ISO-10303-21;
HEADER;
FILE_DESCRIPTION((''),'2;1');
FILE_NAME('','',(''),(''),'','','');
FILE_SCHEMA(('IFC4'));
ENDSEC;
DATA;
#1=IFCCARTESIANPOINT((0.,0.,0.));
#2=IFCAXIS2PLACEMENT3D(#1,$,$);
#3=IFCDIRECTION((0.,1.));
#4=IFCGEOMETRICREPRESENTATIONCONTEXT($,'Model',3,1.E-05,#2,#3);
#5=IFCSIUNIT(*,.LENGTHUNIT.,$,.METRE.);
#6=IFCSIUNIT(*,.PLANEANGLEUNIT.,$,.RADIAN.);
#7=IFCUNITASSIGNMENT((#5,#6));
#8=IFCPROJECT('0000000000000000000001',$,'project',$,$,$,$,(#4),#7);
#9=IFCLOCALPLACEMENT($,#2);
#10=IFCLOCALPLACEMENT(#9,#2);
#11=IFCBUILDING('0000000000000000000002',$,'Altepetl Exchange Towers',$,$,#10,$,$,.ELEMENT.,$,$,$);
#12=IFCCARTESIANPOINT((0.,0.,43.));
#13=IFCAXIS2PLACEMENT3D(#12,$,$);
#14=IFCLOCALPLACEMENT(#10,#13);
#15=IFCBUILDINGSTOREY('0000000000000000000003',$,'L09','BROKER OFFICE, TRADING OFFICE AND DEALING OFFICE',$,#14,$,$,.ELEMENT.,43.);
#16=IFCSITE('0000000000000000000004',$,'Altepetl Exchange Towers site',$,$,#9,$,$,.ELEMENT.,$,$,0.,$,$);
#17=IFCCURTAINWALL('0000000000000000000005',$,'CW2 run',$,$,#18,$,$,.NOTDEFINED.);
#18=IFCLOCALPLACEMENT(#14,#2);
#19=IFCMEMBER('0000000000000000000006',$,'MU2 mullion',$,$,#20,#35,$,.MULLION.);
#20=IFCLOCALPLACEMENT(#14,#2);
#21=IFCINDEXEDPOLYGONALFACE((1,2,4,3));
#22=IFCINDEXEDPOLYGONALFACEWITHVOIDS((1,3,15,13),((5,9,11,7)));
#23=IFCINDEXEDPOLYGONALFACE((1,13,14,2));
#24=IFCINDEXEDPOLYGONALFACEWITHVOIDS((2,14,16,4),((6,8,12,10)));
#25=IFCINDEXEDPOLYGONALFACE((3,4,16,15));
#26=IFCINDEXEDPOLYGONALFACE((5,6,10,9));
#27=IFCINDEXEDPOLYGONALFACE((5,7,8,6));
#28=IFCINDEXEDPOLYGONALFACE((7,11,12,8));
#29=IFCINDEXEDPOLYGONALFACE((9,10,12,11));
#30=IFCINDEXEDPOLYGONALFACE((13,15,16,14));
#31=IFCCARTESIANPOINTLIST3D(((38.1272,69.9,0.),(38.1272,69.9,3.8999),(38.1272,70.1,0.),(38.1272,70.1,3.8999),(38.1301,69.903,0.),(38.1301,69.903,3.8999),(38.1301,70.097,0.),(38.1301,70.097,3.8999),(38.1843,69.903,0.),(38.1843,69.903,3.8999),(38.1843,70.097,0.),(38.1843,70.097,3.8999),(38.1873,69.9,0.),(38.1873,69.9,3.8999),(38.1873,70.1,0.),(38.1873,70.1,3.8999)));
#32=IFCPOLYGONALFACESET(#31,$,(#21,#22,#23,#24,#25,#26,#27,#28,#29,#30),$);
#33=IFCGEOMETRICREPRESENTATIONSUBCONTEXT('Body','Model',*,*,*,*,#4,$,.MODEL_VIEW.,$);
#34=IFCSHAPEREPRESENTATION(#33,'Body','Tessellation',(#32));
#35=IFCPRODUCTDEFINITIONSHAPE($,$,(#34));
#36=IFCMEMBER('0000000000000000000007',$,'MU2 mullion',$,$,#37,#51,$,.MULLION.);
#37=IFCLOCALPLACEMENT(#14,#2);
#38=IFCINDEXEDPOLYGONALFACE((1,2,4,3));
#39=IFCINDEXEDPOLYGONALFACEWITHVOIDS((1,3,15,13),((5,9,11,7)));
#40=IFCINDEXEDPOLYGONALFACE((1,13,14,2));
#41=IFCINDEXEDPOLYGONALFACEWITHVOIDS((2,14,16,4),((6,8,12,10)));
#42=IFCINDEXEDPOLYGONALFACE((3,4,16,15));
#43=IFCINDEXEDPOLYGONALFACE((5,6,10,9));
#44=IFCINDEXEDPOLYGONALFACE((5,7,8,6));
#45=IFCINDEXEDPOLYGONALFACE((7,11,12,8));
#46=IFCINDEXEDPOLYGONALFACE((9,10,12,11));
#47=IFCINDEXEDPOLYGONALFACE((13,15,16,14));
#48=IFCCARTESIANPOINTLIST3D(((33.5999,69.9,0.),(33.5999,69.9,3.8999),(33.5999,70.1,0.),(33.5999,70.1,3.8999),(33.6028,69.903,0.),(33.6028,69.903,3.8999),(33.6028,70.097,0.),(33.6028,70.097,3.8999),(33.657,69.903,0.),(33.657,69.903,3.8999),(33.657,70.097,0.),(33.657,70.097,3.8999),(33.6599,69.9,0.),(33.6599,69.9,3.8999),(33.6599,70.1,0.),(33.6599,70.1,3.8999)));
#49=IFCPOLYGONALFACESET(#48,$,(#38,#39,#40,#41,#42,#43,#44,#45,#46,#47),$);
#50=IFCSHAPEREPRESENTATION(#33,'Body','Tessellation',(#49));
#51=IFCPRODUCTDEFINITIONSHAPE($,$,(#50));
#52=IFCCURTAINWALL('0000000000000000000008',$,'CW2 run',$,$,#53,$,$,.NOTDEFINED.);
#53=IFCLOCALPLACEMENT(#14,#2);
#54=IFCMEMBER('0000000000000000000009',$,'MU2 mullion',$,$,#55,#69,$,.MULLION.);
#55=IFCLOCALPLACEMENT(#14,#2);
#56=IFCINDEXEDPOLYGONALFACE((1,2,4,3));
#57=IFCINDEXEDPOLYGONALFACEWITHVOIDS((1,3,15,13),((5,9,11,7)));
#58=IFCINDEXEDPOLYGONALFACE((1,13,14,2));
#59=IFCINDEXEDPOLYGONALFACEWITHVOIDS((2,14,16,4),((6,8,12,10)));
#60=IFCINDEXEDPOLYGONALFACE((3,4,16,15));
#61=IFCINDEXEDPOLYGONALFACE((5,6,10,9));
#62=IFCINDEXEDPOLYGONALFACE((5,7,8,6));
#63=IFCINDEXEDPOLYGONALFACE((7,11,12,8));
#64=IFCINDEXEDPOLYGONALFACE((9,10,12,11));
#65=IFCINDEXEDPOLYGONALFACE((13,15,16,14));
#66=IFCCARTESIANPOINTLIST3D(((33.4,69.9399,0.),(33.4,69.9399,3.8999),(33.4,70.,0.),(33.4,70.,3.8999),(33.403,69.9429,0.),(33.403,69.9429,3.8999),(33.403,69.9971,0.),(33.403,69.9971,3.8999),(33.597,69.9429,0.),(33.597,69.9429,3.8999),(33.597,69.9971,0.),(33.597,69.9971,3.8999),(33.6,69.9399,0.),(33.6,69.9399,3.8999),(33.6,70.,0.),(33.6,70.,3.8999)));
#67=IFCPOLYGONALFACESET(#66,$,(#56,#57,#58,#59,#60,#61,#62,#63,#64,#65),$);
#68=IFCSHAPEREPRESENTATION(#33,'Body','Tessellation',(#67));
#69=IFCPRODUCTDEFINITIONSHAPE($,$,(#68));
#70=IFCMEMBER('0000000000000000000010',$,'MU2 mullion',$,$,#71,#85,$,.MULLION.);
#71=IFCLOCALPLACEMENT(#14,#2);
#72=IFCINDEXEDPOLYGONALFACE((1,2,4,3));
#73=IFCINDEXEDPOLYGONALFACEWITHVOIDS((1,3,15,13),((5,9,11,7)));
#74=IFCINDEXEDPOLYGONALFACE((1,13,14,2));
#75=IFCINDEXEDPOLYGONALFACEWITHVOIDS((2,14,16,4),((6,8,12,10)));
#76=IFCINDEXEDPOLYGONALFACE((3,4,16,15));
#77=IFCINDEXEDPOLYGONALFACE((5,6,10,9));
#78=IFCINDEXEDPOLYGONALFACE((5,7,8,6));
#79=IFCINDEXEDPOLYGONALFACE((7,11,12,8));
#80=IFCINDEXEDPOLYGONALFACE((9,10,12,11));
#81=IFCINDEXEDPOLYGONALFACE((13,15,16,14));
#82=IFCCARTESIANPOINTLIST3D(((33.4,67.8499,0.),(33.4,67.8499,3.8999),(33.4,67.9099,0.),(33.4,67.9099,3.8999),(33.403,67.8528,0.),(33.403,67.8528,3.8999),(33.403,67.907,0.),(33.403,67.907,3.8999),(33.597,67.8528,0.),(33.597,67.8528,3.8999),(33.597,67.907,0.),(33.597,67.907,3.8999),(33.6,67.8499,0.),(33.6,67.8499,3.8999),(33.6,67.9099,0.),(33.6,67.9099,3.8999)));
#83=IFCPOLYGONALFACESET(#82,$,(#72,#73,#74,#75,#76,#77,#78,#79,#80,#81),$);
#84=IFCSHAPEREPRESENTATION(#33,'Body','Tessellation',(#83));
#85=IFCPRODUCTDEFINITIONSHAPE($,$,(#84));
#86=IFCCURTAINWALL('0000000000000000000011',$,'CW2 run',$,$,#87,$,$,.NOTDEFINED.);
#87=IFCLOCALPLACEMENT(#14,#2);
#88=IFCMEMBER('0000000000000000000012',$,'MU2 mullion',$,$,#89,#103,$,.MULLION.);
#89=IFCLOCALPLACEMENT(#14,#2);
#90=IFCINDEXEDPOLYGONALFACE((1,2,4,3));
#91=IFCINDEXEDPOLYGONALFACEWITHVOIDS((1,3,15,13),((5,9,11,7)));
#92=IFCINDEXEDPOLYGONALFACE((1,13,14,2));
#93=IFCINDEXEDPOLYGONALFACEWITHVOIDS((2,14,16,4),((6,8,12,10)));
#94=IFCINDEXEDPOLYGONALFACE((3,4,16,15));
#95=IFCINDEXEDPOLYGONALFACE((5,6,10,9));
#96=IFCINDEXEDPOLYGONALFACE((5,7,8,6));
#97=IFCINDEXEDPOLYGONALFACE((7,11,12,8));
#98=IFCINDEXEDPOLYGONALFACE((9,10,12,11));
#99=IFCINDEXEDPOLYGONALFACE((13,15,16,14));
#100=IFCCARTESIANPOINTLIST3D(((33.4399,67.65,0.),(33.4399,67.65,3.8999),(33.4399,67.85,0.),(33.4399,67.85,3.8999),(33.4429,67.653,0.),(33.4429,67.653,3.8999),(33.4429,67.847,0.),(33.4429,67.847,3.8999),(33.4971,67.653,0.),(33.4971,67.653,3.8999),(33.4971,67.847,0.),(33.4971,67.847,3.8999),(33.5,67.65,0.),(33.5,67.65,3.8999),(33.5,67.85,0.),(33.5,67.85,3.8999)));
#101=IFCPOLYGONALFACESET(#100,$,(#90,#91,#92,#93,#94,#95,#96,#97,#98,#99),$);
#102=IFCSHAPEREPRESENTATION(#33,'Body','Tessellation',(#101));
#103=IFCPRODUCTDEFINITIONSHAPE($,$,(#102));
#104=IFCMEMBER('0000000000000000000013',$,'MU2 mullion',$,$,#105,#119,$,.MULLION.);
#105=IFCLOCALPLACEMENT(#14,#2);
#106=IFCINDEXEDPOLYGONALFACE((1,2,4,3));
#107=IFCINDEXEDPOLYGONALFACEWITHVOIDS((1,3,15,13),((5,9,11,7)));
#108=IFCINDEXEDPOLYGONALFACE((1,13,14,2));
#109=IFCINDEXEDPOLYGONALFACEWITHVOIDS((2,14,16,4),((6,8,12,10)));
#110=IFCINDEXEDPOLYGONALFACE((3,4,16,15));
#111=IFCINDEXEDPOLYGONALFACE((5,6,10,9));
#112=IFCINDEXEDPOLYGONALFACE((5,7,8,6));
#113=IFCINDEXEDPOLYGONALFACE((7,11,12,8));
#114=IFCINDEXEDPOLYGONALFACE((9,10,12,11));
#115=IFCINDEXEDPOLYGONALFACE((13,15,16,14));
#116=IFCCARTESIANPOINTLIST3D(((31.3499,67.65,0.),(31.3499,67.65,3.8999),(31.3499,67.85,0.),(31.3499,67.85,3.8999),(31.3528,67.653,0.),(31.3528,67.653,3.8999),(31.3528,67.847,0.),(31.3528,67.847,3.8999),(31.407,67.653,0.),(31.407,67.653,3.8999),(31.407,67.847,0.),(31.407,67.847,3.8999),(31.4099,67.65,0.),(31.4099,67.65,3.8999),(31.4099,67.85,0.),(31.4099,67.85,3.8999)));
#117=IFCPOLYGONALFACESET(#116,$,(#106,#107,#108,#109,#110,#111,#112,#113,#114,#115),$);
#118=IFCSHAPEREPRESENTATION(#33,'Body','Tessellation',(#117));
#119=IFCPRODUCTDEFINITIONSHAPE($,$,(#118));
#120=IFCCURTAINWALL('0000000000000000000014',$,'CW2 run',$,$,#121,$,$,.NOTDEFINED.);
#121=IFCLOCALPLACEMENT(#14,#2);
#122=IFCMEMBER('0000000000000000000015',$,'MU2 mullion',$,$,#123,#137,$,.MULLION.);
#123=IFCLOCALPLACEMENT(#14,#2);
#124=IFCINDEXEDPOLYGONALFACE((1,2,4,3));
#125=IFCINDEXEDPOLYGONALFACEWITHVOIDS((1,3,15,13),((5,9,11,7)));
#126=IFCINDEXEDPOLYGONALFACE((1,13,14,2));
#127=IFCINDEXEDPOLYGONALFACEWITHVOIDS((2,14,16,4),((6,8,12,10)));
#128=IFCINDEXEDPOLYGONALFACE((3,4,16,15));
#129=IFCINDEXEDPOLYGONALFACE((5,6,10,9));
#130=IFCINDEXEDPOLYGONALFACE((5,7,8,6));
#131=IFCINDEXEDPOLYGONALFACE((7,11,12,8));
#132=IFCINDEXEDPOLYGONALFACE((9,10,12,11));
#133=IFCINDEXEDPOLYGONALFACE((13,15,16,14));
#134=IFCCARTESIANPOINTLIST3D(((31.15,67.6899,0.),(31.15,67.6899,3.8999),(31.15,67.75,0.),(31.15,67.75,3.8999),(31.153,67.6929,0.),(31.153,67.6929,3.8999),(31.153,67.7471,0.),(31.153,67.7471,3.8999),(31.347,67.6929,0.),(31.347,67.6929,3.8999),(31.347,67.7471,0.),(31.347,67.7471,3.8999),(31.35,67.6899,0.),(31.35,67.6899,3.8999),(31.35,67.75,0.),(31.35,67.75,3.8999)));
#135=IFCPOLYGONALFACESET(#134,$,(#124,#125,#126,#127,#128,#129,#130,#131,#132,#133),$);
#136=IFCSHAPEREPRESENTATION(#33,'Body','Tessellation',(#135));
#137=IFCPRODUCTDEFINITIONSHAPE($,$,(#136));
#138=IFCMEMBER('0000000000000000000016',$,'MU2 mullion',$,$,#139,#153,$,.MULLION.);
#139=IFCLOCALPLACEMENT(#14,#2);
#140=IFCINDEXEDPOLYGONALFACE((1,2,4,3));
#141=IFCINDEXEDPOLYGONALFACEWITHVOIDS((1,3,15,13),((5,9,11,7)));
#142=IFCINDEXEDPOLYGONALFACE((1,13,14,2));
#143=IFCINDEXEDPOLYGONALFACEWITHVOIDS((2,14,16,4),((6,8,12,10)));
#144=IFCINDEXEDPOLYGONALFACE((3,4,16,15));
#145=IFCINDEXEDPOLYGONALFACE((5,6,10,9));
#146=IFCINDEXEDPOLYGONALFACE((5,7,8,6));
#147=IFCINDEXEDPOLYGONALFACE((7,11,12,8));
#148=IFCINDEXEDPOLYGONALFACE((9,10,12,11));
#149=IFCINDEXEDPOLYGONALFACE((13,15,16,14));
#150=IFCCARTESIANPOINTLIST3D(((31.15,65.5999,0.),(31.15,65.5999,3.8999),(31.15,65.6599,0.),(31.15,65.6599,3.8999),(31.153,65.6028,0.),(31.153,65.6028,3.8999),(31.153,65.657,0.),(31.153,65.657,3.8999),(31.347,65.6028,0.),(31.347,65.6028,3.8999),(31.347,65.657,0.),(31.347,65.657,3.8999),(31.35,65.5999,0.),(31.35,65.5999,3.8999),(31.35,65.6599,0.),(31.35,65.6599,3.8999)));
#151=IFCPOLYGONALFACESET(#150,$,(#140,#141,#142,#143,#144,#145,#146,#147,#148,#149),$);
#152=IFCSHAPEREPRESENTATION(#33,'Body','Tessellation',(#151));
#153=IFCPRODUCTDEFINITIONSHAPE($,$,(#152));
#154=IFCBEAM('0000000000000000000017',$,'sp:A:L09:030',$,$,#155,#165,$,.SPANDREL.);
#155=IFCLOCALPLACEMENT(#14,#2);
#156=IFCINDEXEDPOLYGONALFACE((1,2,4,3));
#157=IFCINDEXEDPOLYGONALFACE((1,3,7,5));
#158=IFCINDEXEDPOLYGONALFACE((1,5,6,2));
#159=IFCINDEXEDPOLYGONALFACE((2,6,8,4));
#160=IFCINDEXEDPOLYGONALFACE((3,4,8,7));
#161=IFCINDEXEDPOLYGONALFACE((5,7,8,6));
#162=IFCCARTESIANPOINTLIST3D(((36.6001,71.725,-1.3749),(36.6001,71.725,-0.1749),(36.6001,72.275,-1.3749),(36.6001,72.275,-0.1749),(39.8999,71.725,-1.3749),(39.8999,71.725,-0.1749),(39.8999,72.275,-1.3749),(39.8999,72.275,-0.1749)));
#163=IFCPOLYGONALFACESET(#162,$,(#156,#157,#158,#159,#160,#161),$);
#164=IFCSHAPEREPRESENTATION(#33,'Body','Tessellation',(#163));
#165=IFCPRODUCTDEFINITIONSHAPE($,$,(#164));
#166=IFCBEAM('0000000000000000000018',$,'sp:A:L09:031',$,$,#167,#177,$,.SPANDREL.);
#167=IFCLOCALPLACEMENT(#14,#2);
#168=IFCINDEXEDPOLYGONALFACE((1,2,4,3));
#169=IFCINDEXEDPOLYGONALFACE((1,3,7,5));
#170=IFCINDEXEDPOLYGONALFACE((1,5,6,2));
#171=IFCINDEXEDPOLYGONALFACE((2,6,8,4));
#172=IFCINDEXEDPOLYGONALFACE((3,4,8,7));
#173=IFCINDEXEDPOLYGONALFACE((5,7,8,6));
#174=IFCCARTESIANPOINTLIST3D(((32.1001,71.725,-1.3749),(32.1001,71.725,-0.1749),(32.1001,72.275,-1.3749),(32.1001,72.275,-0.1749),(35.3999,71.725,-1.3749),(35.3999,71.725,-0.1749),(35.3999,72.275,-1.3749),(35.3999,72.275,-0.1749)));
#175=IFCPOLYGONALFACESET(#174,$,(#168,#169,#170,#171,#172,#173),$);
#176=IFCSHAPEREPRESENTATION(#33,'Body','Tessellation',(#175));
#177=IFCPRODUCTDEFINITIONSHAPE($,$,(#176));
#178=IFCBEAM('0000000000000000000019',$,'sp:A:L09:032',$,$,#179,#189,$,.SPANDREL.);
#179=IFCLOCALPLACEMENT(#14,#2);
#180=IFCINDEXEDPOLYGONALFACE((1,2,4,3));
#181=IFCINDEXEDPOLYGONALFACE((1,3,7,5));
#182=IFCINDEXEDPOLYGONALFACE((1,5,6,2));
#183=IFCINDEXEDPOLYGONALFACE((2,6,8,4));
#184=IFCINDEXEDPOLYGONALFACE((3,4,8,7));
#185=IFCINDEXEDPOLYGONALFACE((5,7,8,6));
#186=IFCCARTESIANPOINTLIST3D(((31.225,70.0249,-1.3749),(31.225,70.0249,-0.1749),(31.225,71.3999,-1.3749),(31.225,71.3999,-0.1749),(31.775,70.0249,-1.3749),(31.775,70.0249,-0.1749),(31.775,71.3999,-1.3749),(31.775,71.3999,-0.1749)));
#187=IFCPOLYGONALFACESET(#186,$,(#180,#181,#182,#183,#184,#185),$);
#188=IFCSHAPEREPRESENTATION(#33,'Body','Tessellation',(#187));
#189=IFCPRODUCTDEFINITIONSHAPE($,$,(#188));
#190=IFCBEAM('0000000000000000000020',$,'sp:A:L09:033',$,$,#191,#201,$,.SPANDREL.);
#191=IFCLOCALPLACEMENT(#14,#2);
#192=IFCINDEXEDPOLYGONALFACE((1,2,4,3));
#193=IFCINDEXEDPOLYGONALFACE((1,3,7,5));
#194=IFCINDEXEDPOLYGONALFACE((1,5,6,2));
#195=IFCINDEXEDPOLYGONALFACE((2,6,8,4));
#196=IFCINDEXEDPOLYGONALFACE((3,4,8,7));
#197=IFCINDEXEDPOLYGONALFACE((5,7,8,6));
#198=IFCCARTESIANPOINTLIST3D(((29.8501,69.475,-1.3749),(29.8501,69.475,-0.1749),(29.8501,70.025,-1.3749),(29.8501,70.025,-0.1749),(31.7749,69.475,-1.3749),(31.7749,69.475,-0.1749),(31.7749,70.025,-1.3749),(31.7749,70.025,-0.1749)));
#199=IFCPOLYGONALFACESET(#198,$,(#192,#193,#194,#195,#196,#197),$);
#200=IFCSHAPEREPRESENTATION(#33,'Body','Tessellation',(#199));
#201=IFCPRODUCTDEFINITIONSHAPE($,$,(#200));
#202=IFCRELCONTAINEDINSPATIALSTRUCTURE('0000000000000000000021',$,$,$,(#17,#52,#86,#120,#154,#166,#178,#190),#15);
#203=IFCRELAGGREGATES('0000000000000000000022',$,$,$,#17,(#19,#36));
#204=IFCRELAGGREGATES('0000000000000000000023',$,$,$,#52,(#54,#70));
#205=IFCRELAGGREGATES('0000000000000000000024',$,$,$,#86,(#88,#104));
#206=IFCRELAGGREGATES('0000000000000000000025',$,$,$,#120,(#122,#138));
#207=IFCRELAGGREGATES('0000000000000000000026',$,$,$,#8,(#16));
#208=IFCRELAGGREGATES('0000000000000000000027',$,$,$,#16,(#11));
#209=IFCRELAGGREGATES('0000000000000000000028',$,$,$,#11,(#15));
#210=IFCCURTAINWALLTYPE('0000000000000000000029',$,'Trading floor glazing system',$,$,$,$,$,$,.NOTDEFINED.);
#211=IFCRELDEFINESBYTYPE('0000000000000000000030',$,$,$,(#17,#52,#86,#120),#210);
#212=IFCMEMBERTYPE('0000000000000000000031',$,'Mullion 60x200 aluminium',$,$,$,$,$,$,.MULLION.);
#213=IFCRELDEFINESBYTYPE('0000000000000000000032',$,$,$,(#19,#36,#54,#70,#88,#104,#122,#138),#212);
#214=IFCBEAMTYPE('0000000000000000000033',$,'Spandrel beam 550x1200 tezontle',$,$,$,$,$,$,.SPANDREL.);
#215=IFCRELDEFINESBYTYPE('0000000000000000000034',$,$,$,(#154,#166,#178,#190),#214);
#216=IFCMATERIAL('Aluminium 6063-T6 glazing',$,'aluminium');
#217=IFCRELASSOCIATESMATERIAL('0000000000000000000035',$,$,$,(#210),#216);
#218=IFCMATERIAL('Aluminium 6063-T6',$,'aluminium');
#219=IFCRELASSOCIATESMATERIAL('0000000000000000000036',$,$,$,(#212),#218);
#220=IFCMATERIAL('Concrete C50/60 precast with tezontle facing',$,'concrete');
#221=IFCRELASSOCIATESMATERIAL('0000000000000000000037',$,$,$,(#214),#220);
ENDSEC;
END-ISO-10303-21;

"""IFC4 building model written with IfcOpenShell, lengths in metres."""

from ifc_helpers import new_model, si_unit, direction, frame, origin, origin_2d, place, context, subcontext, project, spatial, rectangle, hollow_rectangle, extrude, material, material_profile, profile_set, type_object, element, aggregate, save


model = new_model("IFC4")

# Units and contexts
model_context = context("Model", 3, precision=1e-05, world=origin(), true_north=direction((0.0, 1.0)))
body_context = subcontext(model_context, "Body", "Model", "MODEL_VIEW")
ifc_project = project(units=[si_unit("LENGTHUNIT", "METRE"), si_unit("PLANEANGLEUNIT", "RADIAN")], contexts=[model_context])

# Site, building, storey
site_placement = place(None, origin())
site = spatial("IfcSite", under=ifc_project, at=site_placement, Name="Altepetl Exchange Towers site", CompositionType="ELEMENT", RefElevation=0.0)
building_placement = place(site_placement, origin())
building = spatial("IfcBuilding", under=site, at=building_placement, Name="Altepetl Exchange Towers", CompositionType="ELEMENT")
storey_placement = place(building_placement, frame((0.0, 0.0, 43.0)))
storey = spatial("IfcBuildingStorey", under=building, at=storey_placement, Name="L09", Description="BROKER OFFICE, TRADING OFFICE AND DEALING OFFICE", CompositionType="ELEMENT", Elevation=43.0)

# Curtain walls, members
ifc_material_1 = material(Name="Aluminium 6063-T6 glazing", Category="aluminium")
curtain_wall_type = type_object("IfcCurtainWallType", Name="Trading floor glazing system", PredefinedType="NOTDEFINED", material=ifc_material_1)
ifc_material_2 = material(Name="Aluminium 6063-T6", Category="aluminium")
ifc_material_profile_1 = material_profile(ifc_material_2, hollow_rectangle(XDim=0.0601, YDim=0.2, WallThickness=0.0029, at=origin_2d()), Name="Mullion 60x200 aluminium")
ifc_profile_set_1 = profile_set([ifc_material_profile_1], Name="Aluminium 6063-T6")
member_type = type_object("IfcMemberType", Name="Mullion 60x200 aluminium", PredefinedType="MULLION", material=ifc_profile_set_1)
curtain_wall_1_placement = place(storey_placement, origin())
curtain_wall_1 = element("IfcCurtainWall", 1, at=curtain_wall_1_placement, inside=storey, type_object=curtain_wall_type, Name="CW2 run", PredefinedType="NOTDEFINED")
member_1_placement = place(storey_placement, frame((38.1572, 70.0, 0.0), z_axis=(0.0, 0.0, 1.0), x_axis=(-1.0, 0.0, 0.0)))
member_1 = element("IfcMember", 2, at=member_1_placement, type_object=member_type, Name="MU2 mullion", PredefinedType="MULLION", context=body_context, shape_type="SweptSolid", body=[
    extrude(hollow_rectangle(XDim=0.0601, YDim=0.2, WallThickness=0.0029, at=origin_2d()), origin(), (0.0, 0.0, 1.0), 3.8999),
])
member_2_placement = place(storey_placement, frame((33.6299, 70.0, 0.0), z_axis=(0.0, 0.0, 1.0), x_axis=(-1.0, 0.0, 0.0)))
member_2 = element("IfcMember", 3, at=member_2_placement, type_object=member_type, Name="MU2 mullion", PredefinedType="MULLION", context=body_context, shape_type="SweptSolid", body=[
    extrude(hollow_rectangle(XDim=0.0601, YDim=0.2, WallThickness=0.0029, at=origin_2d()), origin(), (0.0, 0.0, 1.0), 3.8999),
])
curtain_wall_2_placement = place(storey_placement, origin())
curtain_wall_2 = element("IfcCurtainWall", 4, at=curtain_wall_2_placement, inside=storey, type_object=curtain_wall_type, Name="CW2 run", PredefinedType="NOTDEFINED")
member_3_placement = place(storey_placement, frame((33.5, 69.97, 0.0), z_axis=(0.0, 0.0, 1.0), x_axis=(0.0, -1.0, 0.0)))
member_3 = element("IfcMember", 5, at=member_3_placement, type_object=member_type, Name="MU2 mullion", PredefinedType="MULLION", context=body_context, shape_type="SweptSolid", body=[
    extrude(hollow_rectangle(XDim=0.0601, YDim=0.2, WallThickness=0.0029, at=origin_2d()), origin(), (0.0, 0.0, 1.0), 3.8999),
])
member_4_placement = place(storey_placement, frame((33.5, 67.8799, 0.0), z_axis=(0.0, 0.0, 1.0), x_axis=(0.0, -1.0, 0.0)))
member_4 = element("IfcMember", 6, at=member_4_placement, type_object=member_type, Name="MU2 mullion", PredefinedType="MULLION", context=body_context, shape_type="SweptSolid", body=[
    extrude(hollow_rectangle(XDim=0.0601, YDim=0.2, WallThickness=0.0029, at=origin_2d()), origin(), (0.0, 0.0, 1.0), 3.8999),
])
curtain_wall_3_placement = place(storey_placement, origin())
curtain_wall_3 = element("IfcCurtainWall", 7, at=curtain_wall_3_placement, inside=storey, type_object=curtain_wall_type, Name="CW2 run", PredefinedType="NOTDEFINED")
member_5_placement = place(storey_placement, frame((33.47, 67.75, 0.0), z_axis=(0.0, 0.0, 1.0), x_axis=(-1.0, 0.0, 0.0)))
member_5 = element("IfcMember", 8, at=member_5_placement, type_object=member_type, Name="MU2 mullion", PredefinedType="MULLION", context=body_context, shape_type="SweptSolid", body=[
    extrude(hollow_rectangle(XDim=0.0601, YDim=0.2, WallThickness=0.0029, at=origin_2d()), origin(), (0.0, 0.0, 1.0), 3.8999),
])
member_6_placement = place(storey_placement, frame((31.3799, 67.75, 0.0), z_axis=(0.0, 0.0, 1.0), x_axis=(-1.0, 0.0, 0.0)))
member_6 = element("IfcMember", 9, at=member_6_placement, type_object=member_type, Name="MU2 mullion", PredefinedType="MULLION", context=body_context, shape_type="SweptSolid", body=[
    extrude(hollow_rectangle(XDim=0.0601, YDim=0.2, WallThickness=0.0029, at=origin_2d()), origin(), (0.0, 0.0, 1.0), 3.8999),
])
curtain_wall_4_placement = place(storey_placement, origin())
curtain_wall_4 = element("IfcCurtainWall", 10, at=curtain_wall_4_placement, inside=storey, type_object=curtain_wall_type, Name="CW2 run", PredefinedType="NOTDEFINED")
member_7_placement = place(storey_placement, frame((31.25, 67.72, 0.0), z_axis=(0.0, 0.0, 1.0), x_axis=(0.0, -1.0, 0.0)))
member_7 = element("IfcMember", 11, at=member_7_placement, type_object=member_type, Name="MU2 mullion", PredefinedType="MULLION", context=body_context, shape_type="SweptSolid", body=[
    extrude(hollow_rectangle(XDim=0.0601, YDim=0.2, WallThickness=0.0029, at=origin_2d()), origin(), (0.0, 0.0, 1.0), 3.8999),
])
member_8_placement = place(storey_placement, frame((31.25, 65.6299, 0.0), z_axis=(0.0, 0.0, 1.0), x_axis=(0.0, -1.0, 0.0)))
member_8 = element("IfcMember", 12, at=member_8_placement, type_object=member_type, Name="MU2 mullion", PredefinedType="MULLION", context=body_context, shape_type="SweptSolid", body=[
    extrude(hollow_rectangle(XDim=0.0601, YDim=0.2, WallThickness=0.0029, at=origin_2d()), origin(), (0.0, 0.0, 1.0), 3.8999),
])

# Beams
ifc_material_3 = material(Name="Concrete C50/60 precast with tezontle facing", Category="concrete")
ifc_material_profile_2 = material_profile(ifc_material_3, rectangle(XDim=0.55, YDim=1.2, at=origin_2d()), Name="550 x 1200")
ifc_profile_set_2 = profile_set([ifc_material_profile_2], Name="Concrete C50/60 precast with tezontle facing")
beam_type_1 = type_object("IfcBeamType", Name="Spandrel beam 550x1200 tezontle", PredefinedType="SPANDREL", material=ifc_profile_set_2)
for number, where, z_axis, x_axis, name in (
    (13, (39.8999, 72.0, -0.7749), (-1.0, 0.0, 0.0), (0.0, -1.0, 0.0), "sp:A:L09:030"),
    (14, (35.3999, 72.0, -0.7749), (-1.0, 0.0, 0.0), (0.0, -1.0, 0.0), "sp:A:L09:031"),
):
    element("IfcBeam", number, at=place(storey_placement, frame(where, z_axis=z_axis, x_axis=x_axis)), inside=storey, type_object=beam_type_1, Name=name, PredefinedType="SPANDREL", context=body_context, shape_type="SweptSolid", body=[
        extrude(rectangle(XDim=0.55, YDim=1.2, at=origin_2d()), origin(), (0.0, 0.0, 1.0), 3.2998),
    ])
beam_1_placement = place(storey_placement, frame((31.5, 71.3999, -0.7749), z_axis=(0.0, -1.0, 0.0), x_axis=(1.0, 0.0, 0.0)))
element("IfcBeam", 15, at=beam_1_placement, inside=storey, type_object=beam_type_1, Name="sp:A:L09:032", PredefinedType="SPANDREL", context=body_context, shape_type="SweptSolid", body=[
    extrude(rectangle(XDim=0.55, YDim=1.2, at=origin_2d()), origin(), (0.0, 0.0, 1.0), 1.375),
])
beam_2_placement = place(storey_placement, frame((31.7749, 69.75, -0.7749), z_axis=(-1.0, 0.0, 0.0), x_axis=(0.0, -1.0, 0.0)))
element("IfcBeam", 16, at=beam_2_placement, inside=storey, type_object=beam_type_1, Name="sp:A:L09:033", PredefinedType="SPANDREL", context=body_context, shape_type="SweptSolid", body=[
    extrude(rectangle(XDim=0.55, YDim=1.2, at=origin_2d()), origin(), (0.0, 0.0, 1.0), 1.9248),
])

aggregate(curtain_wall_1, [member_1, member_2])
aggregate(curtain_wall_2, [member_3, member_4])
aggregate(curtain_wall_3, [member_5, member_6])
aggregate(curtain_wall_4, [member_7, member_8])

save(model, "model.ifc")
